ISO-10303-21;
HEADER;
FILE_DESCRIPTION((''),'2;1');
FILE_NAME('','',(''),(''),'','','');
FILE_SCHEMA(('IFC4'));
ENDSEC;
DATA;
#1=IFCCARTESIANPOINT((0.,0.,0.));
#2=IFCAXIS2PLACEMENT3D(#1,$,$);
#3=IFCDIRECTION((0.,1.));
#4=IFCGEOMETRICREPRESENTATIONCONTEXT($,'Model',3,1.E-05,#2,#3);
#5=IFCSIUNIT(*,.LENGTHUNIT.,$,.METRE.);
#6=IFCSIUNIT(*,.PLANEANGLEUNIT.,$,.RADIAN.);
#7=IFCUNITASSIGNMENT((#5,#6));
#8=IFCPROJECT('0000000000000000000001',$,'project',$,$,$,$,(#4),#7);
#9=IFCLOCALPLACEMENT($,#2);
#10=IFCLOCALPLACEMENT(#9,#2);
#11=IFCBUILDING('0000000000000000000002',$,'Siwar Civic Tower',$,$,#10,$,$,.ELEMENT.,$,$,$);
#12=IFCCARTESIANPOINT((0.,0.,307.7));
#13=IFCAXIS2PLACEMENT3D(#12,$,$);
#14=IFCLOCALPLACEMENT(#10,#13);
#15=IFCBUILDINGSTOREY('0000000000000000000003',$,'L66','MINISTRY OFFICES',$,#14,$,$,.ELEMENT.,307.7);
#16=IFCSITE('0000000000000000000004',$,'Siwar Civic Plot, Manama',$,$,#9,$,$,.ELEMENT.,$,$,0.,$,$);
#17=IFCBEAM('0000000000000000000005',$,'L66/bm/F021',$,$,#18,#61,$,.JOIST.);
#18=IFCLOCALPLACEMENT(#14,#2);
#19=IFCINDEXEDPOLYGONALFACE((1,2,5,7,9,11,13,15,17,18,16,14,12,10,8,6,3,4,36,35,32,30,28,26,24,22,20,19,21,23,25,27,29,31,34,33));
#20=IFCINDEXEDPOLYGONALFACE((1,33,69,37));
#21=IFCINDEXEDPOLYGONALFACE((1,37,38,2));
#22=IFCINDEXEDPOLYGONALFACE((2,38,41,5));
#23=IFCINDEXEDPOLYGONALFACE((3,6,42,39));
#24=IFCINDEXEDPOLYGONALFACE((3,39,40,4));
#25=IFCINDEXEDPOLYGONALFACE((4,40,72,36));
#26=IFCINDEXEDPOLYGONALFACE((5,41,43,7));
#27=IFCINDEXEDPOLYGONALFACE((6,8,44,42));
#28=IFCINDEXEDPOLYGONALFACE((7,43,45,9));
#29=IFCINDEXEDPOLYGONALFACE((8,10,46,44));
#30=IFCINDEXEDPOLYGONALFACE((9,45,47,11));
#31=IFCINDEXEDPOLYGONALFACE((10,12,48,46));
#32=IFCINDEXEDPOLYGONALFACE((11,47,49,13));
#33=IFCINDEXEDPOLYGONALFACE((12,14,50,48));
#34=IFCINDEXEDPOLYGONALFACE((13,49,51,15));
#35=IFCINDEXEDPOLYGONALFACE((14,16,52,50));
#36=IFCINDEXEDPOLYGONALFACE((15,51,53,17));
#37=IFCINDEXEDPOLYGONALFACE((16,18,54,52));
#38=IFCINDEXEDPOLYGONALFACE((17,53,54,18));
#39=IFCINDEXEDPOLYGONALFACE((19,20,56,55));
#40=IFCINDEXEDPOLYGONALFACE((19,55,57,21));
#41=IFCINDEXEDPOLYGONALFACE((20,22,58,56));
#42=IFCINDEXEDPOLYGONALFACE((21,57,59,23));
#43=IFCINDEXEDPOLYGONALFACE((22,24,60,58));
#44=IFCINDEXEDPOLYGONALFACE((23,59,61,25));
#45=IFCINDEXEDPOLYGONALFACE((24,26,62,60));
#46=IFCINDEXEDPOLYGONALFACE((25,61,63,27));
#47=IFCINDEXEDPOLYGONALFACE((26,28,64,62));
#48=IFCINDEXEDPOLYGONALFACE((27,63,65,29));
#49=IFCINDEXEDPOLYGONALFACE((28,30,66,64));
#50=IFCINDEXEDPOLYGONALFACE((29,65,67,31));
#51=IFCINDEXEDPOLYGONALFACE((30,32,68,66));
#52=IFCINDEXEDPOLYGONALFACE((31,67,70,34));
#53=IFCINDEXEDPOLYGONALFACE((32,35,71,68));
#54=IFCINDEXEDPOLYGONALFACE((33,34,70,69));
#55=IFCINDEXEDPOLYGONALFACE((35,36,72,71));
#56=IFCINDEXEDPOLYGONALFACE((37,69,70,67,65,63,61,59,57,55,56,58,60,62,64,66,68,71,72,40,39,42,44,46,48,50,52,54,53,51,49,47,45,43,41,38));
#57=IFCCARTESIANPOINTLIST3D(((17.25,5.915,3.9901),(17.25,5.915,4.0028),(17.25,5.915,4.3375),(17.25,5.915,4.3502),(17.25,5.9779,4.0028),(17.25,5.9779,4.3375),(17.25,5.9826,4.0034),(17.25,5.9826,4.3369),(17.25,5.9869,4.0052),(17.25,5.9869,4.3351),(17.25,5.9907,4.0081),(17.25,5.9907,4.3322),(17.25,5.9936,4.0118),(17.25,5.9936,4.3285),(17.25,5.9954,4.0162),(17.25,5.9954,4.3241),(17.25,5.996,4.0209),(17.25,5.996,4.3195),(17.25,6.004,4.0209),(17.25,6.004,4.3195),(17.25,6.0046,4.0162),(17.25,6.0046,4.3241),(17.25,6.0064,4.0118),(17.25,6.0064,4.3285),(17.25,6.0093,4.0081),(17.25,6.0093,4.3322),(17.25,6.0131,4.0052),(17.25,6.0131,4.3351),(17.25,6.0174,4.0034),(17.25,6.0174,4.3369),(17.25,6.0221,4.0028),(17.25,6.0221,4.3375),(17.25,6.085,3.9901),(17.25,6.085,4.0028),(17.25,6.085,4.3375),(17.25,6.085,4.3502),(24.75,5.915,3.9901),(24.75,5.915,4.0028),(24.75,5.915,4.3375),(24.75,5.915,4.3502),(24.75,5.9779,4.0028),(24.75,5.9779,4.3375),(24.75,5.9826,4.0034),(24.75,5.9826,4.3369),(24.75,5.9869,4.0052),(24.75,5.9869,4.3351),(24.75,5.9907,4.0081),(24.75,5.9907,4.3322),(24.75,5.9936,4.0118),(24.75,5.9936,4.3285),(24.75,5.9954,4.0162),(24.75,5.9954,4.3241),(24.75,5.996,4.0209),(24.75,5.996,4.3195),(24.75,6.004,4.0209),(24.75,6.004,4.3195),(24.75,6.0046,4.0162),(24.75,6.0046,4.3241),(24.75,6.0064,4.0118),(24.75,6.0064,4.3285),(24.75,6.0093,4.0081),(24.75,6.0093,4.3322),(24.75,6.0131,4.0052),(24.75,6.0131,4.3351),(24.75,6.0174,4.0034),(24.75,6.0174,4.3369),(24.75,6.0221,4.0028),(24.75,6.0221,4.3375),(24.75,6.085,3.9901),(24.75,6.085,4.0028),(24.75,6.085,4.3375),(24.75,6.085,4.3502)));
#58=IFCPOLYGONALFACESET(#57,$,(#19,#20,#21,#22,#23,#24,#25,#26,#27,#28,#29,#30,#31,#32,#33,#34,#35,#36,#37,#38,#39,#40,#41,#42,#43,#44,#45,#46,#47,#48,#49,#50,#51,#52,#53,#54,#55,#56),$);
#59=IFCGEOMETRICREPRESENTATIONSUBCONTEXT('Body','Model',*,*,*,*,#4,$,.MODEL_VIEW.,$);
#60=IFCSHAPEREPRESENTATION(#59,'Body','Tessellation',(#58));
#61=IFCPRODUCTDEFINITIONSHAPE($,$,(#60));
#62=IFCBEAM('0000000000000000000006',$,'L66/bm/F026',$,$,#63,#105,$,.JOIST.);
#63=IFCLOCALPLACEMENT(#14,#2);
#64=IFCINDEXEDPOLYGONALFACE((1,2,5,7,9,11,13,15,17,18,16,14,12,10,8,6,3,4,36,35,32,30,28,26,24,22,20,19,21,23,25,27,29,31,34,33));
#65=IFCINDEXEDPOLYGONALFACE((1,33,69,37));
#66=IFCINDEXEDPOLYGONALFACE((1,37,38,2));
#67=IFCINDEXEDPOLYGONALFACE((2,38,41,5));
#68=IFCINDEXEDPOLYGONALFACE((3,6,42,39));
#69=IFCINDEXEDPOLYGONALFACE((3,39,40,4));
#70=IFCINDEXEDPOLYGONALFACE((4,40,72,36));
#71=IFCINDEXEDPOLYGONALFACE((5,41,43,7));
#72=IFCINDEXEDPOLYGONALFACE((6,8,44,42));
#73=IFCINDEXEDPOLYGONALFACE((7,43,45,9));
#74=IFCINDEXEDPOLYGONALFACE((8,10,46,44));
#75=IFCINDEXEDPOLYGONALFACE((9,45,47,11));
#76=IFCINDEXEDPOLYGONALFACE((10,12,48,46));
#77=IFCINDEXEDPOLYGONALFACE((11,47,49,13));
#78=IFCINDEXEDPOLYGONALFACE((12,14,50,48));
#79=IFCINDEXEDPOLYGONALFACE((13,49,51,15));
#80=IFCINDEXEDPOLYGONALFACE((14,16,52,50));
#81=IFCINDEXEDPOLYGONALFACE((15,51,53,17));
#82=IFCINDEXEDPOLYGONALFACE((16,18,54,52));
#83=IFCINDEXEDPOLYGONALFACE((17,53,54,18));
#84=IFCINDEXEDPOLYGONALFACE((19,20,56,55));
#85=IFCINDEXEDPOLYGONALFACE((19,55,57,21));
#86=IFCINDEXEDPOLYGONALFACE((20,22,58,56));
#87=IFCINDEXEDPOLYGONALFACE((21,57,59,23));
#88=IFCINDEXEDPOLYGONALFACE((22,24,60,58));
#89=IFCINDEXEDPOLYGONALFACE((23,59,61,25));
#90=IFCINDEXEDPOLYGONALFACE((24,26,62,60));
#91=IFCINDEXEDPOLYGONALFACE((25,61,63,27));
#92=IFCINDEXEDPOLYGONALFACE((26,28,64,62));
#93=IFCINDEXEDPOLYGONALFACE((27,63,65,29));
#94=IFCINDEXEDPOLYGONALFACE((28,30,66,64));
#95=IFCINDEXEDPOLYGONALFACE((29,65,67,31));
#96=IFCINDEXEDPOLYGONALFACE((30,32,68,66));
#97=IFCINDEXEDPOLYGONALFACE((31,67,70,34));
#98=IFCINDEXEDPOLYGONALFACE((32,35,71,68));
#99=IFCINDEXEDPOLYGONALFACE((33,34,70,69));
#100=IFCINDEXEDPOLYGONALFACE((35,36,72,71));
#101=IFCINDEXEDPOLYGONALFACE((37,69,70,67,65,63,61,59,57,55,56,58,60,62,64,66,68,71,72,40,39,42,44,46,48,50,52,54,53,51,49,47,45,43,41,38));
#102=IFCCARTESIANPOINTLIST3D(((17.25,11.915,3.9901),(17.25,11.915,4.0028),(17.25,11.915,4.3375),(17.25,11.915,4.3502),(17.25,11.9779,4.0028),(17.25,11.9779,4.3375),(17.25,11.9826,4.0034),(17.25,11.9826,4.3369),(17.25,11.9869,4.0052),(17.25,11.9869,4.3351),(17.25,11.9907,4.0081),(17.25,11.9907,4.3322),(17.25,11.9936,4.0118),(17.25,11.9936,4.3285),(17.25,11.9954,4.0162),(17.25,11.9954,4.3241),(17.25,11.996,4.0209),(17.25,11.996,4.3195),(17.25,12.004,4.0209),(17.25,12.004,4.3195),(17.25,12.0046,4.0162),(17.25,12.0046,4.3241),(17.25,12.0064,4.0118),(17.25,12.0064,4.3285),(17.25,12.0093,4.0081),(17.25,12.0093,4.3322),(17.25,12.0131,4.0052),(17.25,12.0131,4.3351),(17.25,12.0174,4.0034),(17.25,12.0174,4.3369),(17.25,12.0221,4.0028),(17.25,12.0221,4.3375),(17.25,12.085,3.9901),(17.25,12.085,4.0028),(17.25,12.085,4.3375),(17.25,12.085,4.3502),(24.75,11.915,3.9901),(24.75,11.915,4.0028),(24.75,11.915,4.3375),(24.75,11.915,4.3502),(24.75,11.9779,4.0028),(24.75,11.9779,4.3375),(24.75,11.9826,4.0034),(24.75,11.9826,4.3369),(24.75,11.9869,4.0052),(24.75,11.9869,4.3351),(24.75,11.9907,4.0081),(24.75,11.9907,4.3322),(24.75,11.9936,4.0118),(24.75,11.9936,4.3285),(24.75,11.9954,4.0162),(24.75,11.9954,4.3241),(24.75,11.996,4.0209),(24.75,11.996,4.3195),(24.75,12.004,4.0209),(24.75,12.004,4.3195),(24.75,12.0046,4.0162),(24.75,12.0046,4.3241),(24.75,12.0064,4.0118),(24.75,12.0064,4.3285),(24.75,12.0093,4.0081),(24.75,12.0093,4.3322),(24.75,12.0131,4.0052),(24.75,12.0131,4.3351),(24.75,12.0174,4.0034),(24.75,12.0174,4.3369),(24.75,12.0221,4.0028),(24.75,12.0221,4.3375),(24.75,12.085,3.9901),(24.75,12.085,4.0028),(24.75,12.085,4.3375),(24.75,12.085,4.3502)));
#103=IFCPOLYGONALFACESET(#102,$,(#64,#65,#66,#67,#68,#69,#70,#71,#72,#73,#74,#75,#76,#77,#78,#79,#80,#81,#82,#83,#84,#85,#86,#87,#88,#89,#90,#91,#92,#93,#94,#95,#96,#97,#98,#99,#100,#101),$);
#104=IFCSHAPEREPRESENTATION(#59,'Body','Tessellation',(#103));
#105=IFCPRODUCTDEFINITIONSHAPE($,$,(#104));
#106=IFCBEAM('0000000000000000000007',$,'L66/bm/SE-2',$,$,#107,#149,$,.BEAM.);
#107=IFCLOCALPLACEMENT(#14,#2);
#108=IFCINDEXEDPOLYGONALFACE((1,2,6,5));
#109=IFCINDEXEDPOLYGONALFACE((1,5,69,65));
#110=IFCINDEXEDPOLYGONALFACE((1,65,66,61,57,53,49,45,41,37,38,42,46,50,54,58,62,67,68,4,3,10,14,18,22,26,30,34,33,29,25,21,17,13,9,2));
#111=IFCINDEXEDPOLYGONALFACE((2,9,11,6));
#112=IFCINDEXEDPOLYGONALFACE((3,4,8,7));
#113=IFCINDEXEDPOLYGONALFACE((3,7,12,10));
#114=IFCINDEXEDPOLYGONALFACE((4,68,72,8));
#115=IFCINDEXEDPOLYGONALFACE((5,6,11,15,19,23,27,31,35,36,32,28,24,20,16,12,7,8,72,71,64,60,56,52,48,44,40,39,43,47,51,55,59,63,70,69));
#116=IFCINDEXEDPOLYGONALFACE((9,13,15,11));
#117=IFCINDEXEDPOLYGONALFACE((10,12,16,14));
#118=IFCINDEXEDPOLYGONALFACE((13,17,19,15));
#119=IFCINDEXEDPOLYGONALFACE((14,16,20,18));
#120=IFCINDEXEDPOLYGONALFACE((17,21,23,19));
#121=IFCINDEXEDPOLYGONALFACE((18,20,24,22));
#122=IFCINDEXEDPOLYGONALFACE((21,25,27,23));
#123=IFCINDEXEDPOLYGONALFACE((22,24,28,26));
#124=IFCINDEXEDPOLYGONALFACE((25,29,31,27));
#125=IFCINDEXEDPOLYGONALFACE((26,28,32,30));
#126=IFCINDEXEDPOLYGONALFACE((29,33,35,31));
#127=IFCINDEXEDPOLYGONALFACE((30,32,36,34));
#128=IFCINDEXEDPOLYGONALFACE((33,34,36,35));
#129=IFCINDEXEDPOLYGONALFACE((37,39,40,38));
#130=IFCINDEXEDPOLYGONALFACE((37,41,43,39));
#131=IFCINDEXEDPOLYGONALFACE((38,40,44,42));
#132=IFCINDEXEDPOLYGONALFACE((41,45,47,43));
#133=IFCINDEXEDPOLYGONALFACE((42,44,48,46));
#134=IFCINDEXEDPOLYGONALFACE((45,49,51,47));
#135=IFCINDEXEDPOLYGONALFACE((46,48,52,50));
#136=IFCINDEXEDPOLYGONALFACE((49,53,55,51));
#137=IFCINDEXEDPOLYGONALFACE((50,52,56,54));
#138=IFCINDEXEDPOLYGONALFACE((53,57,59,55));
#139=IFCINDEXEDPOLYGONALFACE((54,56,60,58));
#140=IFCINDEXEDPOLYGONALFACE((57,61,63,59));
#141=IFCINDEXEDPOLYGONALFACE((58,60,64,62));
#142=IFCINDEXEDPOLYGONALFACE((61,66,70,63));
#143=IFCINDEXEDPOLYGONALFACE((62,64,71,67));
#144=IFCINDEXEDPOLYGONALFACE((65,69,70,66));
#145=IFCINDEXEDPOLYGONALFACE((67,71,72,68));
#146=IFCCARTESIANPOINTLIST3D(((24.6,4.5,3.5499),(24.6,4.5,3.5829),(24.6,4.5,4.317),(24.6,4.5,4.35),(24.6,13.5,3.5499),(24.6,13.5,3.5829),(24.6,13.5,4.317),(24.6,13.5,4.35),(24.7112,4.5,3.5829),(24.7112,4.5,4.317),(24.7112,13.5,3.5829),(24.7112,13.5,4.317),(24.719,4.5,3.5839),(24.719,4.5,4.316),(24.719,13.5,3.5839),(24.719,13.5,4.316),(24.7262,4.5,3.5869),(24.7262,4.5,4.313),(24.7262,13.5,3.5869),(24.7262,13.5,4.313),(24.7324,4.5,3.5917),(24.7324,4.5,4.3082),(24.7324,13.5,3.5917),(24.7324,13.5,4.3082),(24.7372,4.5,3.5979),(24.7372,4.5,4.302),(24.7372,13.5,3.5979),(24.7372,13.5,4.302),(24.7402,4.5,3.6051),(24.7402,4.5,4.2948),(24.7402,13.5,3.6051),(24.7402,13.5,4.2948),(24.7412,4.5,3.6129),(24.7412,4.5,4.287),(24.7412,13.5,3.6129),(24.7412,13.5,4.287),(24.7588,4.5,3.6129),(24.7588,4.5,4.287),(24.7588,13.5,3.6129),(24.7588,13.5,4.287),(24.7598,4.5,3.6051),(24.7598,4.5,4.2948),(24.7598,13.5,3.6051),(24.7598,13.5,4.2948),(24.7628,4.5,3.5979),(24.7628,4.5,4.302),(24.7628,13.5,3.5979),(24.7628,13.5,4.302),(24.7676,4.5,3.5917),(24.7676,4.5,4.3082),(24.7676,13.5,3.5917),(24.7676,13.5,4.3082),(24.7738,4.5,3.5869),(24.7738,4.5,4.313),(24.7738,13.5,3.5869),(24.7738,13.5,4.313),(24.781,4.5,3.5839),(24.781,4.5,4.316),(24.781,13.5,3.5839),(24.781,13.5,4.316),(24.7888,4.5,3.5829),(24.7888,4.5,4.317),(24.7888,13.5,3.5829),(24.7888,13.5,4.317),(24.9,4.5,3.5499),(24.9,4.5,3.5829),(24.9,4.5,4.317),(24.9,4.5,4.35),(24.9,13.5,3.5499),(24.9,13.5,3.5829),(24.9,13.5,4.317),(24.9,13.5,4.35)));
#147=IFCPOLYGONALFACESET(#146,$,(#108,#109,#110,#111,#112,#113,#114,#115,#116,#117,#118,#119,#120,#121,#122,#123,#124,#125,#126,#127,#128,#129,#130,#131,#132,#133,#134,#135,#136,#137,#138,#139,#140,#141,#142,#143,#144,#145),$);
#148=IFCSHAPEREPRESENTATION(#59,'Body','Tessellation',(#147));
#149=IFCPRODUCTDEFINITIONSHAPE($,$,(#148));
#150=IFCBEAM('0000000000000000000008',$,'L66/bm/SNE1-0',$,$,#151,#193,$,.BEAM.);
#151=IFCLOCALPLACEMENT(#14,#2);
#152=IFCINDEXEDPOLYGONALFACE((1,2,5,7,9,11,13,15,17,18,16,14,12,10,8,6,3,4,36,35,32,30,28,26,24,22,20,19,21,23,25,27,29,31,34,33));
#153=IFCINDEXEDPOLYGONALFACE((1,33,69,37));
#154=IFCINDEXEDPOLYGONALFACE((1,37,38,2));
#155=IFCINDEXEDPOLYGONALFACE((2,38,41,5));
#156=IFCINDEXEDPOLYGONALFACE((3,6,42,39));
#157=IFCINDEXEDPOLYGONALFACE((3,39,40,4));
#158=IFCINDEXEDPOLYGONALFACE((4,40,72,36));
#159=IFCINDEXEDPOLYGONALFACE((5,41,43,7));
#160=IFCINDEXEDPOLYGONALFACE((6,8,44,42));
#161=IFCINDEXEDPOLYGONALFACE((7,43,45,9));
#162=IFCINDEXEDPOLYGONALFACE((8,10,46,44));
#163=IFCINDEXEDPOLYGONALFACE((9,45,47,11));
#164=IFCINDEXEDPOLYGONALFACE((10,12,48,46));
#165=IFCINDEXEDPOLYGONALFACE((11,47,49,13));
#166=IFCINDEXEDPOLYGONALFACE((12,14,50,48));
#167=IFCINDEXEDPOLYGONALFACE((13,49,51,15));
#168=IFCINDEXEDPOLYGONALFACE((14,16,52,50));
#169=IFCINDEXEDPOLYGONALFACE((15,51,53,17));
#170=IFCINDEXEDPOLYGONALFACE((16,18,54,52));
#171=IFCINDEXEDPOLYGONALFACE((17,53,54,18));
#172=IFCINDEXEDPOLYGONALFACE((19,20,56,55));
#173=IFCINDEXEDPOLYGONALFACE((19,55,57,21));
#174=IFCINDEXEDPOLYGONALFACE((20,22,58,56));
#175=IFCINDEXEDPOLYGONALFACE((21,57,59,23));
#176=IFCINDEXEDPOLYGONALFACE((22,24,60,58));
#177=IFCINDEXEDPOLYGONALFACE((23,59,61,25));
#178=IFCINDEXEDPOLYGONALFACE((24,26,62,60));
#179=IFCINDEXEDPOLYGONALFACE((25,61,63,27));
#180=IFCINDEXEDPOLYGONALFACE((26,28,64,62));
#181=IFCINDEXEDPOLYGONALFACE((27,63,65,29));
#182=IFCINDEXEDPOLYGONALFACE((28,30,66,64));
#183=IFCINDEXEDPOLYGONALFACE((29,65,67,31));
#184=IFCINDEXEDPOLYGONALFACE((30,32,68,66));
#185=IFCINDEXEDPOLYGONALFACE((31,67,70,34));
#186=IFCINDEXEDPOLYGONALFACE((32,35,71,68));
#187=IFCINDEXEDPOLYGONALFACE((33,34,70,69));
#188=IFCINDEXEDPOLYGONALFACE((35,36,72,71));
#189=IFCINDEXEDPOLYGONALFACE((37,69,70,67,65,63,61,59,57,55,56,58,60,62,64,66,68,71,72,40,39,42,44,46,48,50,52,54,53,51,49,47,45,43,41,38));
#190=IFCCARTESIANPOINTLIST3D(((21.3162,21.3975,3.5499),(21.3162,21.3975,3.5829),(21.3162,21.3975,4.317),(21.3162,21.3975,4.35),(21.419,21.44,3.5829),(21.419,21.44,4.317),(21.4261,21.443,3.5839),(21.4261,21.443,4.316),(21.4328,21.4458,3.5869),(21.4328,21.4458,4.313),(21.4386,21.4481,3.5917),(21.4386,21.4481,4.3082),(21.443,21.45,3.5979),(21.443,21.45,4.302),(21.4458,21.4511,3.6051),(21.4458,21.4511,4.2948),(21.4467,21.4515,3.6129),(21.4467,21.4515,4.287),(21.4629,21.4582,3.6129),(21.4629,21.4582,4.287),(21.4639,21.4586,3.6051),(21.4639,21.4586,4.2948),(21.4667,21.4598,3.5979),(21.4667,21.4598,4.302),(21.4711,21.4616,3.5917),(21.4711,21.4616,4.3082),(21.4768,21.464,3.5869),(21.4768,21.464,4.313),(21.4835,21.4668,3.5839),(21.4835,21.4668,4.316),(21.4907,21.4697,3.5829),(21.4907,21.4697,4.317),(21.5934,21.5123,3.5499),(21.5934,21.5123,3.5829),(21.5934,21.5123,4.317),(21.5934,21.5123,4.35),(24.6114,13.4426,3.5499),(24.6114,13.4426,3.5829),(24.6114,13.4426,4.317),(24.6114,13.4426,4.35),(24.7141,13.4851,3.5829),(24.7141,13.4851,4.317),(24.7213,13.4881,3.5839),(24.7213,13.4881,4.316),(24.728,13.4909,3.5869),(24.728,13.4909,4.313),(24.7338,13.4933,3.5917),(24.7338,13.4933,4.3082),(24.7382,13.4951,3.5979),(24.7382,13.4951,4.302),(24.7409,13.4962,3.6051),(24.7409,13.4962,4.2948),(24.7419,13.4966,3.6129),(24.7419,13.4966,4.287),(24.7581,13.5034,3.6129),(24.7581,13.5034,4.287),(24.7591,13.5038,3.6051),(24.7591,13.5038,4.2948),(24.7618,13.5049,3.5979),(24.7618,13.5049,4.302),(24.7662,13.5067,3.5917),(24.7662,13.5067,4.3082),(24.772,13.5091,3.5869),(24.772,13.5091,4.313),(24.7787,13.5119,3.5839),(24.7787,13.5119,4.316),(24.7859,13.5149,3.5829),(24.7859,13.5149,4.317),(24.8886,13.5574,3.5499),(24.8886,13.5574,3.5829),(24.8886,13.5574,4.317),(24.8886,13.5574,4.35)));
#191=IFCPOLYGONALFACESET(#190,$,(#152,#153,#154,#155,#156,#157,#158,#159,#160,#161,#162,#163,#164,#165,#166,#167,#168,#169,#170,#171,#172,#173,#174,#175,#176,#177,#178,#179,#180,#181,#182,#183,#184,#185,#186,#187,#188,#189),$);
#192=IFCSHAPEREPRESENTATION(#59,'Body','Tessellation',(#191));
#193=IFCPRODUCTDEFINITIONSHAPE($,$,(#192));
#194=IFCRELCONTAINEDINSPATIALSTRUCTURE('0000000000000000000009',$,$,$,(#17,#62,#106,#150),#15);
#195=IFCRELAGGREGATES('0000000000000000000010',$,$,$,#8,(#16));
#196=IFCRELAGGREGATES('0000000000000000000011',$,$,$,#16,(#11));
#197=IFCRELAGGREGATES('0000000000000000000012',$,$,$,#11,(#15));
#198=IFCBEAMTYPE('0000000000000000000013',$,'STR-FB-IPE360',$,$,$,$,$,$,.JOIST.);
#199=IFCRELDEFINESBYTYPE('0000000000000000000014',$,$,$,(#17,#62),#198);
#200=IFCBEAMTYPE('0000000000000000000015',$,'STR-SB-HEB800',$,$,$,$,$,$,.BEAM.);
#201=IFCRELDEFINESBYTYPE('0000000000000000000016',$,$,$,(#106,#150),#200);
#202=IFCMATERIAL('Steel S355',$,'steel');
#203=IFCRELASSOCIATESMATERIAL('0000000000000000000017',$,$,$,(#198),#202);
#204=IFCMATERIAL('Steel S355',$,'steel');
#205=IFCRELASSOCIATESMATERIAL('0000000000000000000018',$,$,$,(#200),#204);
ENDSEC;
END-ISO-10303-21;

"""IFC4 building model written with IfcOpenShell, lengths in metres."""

from ifc_helpers import new_model, si_unit, direction, frame, origin, origin_2d, place, context, subcontext, project, spatial, i_section, extrude, material, material_profile, profile_set, type_object, element, save


model = new_model("IFC4")

# Units and contexts
model_context = context("Model", 3, precision=1e-05, world=origin(), true_north=direction((0.0, 1.0)))
body_context = subcontext(model_context, "Body", "Model", "MODEL_VIEW")
ifc_project = project(units=[si_unit("LENGTHUNIT", "METRE"), si_unit("PLANEANGLEUNIT", "RADIAN")], contexts=[model_context])

# Site, building, storey
site_placement = place(None, origin())
site = spatial("IfcSite", under=ifc_project, at=site_placement, Name="Siwar Civic Plot, Manama", CompositionType="ELEMENT", RefElevation=0.0)
building_placement = place(site_placement, origin())
building = spatial("IfcBuilding", under=site, at=building_placement, Name="Siwar Civic Tower", CompositionType="ELEMENT")
storey_placement = place(building_placement, frame((0.0, 0.0, 307.7)))
storey = spatial("IfcBuildingStorey", under=building, at=storey_placement, Name="L66", Description="MINISTRY OFFICES", CompositionType="ELEMENT", Elevation=307.7)

# Beams
ifc_material_1 = material(Name="Steel S355", Category="steel")
ifc_material_profile_1 = material_profile(ifc_material_1, i_section(OverallWidth=0.1699, OverallDepth=0.3601, WebThickness=0.0081, FlangeThickness=0.0127, FilletRadius=0.0181, at=origin_2d()), Name="IPE360")
ifc_profile_set_1 = profile_set([ifc_material_profile_1], Name="Steel S355")
beam_type_1 = type_object("IfcBeamType", Name="STR-FB-IPE360", PredefinedType="JOIST", material=ifc_profile_set_1)
for number, where, z_axis, x_axis, name in (
    (1, (17.25, 6.0, 4.1702), (1.0, 0.0, 0.0), (0.0, 1.0, 0.0), "L66/bm/F021"),
    (2, (17.25, 12.0, 4.1702), (1.0, 0.0, 0.0), (0.0, 1.0, 0.0), "L66/bm/F026"),
):
    element("IfcBeam", number, at=place(storey_placement, frame(where, z_axis=z_axis, x_axis=x_axis)), inside=storey, type_object=beam_type_1, Name=name, PredefinedType="JOIST", context=body_context, shape_type="SweptSolid", body=[
        extrude(i_section(OverallWidth=0.1699, OverallDepth=0.3601, WebThickness=0.0081, FlangeThickness=0.0127, FilletRadius=0.0181, at=origin_2d()), origin(), (0.0, 0.0, 1.0), 7.5),
    ])
ifc_material_2 = material(Name="Steel S355", Category="steel")
ifc_material_profile_2 = material_profile(ifc_material_2, i_section(OverallWidth=0.3, OverallDepth=0.8, WebThickness=0.0176, FlangeThickness=0.033, FilletRadius=0.03, at=origin_2d()), Name="HEB800")
ifc_profile_set_2 = profile_set([ifc_material_profile_2], Name="Steel S355")
beam_type_2 = type_object("IfcBeamType", Name="STR-SB-HEB800", PredefinedType="BEAM", material=ifc_profile_set_2)
beam_1_placement = place(storey_placement, frame((24.75, 4.5, 3.95), z_axis=(0.0, 1.0, 0.0), x_axis=(-1.0, 0.0, 0.0)))
element("IfcBeam", 3, at=beam_1_placement, inside=storey, type_object=beam_type_2, Name="L66/bm/SE-2", PredefinedType="BEAM", context=body_context, shape_type="SweptSolid", body=[
    extrude(i_section(OverallWidth=0.3, OverallDepth=0.8, WebThickness=0.0176, FlangeThickness=0.033, FilletRadius=0.03, at=origin_2d()), origin(), (0.0, 0.0, 1.0), 9.0),
])
beam_2_placement = place(storey_placement, frame((24.75, 13.5, 3.95), z_axis=(-0.3827, 0.923873, 0.0), x_axis=(-0.923873, -0.3827, 0.0)))
element("IfcBeam", 4, at=beam_2_placement, inside=storey, type_object=beam_type_2, Name="L66/bm/SNE1-0", PredefinedType="BEAM", context=body_context, shape_type="SweptSolid", body=[
    extrude(i_section(OverallWidth=0.3, OverallDepth=0.8, WebThickness=0.0176, FlangeThickness=0.033, FilletRadius=0.03, at=origin_2d()), origin(), (0.0, 0.0, 1.0), 8.6104),
])

save(model, "model.ifc")
